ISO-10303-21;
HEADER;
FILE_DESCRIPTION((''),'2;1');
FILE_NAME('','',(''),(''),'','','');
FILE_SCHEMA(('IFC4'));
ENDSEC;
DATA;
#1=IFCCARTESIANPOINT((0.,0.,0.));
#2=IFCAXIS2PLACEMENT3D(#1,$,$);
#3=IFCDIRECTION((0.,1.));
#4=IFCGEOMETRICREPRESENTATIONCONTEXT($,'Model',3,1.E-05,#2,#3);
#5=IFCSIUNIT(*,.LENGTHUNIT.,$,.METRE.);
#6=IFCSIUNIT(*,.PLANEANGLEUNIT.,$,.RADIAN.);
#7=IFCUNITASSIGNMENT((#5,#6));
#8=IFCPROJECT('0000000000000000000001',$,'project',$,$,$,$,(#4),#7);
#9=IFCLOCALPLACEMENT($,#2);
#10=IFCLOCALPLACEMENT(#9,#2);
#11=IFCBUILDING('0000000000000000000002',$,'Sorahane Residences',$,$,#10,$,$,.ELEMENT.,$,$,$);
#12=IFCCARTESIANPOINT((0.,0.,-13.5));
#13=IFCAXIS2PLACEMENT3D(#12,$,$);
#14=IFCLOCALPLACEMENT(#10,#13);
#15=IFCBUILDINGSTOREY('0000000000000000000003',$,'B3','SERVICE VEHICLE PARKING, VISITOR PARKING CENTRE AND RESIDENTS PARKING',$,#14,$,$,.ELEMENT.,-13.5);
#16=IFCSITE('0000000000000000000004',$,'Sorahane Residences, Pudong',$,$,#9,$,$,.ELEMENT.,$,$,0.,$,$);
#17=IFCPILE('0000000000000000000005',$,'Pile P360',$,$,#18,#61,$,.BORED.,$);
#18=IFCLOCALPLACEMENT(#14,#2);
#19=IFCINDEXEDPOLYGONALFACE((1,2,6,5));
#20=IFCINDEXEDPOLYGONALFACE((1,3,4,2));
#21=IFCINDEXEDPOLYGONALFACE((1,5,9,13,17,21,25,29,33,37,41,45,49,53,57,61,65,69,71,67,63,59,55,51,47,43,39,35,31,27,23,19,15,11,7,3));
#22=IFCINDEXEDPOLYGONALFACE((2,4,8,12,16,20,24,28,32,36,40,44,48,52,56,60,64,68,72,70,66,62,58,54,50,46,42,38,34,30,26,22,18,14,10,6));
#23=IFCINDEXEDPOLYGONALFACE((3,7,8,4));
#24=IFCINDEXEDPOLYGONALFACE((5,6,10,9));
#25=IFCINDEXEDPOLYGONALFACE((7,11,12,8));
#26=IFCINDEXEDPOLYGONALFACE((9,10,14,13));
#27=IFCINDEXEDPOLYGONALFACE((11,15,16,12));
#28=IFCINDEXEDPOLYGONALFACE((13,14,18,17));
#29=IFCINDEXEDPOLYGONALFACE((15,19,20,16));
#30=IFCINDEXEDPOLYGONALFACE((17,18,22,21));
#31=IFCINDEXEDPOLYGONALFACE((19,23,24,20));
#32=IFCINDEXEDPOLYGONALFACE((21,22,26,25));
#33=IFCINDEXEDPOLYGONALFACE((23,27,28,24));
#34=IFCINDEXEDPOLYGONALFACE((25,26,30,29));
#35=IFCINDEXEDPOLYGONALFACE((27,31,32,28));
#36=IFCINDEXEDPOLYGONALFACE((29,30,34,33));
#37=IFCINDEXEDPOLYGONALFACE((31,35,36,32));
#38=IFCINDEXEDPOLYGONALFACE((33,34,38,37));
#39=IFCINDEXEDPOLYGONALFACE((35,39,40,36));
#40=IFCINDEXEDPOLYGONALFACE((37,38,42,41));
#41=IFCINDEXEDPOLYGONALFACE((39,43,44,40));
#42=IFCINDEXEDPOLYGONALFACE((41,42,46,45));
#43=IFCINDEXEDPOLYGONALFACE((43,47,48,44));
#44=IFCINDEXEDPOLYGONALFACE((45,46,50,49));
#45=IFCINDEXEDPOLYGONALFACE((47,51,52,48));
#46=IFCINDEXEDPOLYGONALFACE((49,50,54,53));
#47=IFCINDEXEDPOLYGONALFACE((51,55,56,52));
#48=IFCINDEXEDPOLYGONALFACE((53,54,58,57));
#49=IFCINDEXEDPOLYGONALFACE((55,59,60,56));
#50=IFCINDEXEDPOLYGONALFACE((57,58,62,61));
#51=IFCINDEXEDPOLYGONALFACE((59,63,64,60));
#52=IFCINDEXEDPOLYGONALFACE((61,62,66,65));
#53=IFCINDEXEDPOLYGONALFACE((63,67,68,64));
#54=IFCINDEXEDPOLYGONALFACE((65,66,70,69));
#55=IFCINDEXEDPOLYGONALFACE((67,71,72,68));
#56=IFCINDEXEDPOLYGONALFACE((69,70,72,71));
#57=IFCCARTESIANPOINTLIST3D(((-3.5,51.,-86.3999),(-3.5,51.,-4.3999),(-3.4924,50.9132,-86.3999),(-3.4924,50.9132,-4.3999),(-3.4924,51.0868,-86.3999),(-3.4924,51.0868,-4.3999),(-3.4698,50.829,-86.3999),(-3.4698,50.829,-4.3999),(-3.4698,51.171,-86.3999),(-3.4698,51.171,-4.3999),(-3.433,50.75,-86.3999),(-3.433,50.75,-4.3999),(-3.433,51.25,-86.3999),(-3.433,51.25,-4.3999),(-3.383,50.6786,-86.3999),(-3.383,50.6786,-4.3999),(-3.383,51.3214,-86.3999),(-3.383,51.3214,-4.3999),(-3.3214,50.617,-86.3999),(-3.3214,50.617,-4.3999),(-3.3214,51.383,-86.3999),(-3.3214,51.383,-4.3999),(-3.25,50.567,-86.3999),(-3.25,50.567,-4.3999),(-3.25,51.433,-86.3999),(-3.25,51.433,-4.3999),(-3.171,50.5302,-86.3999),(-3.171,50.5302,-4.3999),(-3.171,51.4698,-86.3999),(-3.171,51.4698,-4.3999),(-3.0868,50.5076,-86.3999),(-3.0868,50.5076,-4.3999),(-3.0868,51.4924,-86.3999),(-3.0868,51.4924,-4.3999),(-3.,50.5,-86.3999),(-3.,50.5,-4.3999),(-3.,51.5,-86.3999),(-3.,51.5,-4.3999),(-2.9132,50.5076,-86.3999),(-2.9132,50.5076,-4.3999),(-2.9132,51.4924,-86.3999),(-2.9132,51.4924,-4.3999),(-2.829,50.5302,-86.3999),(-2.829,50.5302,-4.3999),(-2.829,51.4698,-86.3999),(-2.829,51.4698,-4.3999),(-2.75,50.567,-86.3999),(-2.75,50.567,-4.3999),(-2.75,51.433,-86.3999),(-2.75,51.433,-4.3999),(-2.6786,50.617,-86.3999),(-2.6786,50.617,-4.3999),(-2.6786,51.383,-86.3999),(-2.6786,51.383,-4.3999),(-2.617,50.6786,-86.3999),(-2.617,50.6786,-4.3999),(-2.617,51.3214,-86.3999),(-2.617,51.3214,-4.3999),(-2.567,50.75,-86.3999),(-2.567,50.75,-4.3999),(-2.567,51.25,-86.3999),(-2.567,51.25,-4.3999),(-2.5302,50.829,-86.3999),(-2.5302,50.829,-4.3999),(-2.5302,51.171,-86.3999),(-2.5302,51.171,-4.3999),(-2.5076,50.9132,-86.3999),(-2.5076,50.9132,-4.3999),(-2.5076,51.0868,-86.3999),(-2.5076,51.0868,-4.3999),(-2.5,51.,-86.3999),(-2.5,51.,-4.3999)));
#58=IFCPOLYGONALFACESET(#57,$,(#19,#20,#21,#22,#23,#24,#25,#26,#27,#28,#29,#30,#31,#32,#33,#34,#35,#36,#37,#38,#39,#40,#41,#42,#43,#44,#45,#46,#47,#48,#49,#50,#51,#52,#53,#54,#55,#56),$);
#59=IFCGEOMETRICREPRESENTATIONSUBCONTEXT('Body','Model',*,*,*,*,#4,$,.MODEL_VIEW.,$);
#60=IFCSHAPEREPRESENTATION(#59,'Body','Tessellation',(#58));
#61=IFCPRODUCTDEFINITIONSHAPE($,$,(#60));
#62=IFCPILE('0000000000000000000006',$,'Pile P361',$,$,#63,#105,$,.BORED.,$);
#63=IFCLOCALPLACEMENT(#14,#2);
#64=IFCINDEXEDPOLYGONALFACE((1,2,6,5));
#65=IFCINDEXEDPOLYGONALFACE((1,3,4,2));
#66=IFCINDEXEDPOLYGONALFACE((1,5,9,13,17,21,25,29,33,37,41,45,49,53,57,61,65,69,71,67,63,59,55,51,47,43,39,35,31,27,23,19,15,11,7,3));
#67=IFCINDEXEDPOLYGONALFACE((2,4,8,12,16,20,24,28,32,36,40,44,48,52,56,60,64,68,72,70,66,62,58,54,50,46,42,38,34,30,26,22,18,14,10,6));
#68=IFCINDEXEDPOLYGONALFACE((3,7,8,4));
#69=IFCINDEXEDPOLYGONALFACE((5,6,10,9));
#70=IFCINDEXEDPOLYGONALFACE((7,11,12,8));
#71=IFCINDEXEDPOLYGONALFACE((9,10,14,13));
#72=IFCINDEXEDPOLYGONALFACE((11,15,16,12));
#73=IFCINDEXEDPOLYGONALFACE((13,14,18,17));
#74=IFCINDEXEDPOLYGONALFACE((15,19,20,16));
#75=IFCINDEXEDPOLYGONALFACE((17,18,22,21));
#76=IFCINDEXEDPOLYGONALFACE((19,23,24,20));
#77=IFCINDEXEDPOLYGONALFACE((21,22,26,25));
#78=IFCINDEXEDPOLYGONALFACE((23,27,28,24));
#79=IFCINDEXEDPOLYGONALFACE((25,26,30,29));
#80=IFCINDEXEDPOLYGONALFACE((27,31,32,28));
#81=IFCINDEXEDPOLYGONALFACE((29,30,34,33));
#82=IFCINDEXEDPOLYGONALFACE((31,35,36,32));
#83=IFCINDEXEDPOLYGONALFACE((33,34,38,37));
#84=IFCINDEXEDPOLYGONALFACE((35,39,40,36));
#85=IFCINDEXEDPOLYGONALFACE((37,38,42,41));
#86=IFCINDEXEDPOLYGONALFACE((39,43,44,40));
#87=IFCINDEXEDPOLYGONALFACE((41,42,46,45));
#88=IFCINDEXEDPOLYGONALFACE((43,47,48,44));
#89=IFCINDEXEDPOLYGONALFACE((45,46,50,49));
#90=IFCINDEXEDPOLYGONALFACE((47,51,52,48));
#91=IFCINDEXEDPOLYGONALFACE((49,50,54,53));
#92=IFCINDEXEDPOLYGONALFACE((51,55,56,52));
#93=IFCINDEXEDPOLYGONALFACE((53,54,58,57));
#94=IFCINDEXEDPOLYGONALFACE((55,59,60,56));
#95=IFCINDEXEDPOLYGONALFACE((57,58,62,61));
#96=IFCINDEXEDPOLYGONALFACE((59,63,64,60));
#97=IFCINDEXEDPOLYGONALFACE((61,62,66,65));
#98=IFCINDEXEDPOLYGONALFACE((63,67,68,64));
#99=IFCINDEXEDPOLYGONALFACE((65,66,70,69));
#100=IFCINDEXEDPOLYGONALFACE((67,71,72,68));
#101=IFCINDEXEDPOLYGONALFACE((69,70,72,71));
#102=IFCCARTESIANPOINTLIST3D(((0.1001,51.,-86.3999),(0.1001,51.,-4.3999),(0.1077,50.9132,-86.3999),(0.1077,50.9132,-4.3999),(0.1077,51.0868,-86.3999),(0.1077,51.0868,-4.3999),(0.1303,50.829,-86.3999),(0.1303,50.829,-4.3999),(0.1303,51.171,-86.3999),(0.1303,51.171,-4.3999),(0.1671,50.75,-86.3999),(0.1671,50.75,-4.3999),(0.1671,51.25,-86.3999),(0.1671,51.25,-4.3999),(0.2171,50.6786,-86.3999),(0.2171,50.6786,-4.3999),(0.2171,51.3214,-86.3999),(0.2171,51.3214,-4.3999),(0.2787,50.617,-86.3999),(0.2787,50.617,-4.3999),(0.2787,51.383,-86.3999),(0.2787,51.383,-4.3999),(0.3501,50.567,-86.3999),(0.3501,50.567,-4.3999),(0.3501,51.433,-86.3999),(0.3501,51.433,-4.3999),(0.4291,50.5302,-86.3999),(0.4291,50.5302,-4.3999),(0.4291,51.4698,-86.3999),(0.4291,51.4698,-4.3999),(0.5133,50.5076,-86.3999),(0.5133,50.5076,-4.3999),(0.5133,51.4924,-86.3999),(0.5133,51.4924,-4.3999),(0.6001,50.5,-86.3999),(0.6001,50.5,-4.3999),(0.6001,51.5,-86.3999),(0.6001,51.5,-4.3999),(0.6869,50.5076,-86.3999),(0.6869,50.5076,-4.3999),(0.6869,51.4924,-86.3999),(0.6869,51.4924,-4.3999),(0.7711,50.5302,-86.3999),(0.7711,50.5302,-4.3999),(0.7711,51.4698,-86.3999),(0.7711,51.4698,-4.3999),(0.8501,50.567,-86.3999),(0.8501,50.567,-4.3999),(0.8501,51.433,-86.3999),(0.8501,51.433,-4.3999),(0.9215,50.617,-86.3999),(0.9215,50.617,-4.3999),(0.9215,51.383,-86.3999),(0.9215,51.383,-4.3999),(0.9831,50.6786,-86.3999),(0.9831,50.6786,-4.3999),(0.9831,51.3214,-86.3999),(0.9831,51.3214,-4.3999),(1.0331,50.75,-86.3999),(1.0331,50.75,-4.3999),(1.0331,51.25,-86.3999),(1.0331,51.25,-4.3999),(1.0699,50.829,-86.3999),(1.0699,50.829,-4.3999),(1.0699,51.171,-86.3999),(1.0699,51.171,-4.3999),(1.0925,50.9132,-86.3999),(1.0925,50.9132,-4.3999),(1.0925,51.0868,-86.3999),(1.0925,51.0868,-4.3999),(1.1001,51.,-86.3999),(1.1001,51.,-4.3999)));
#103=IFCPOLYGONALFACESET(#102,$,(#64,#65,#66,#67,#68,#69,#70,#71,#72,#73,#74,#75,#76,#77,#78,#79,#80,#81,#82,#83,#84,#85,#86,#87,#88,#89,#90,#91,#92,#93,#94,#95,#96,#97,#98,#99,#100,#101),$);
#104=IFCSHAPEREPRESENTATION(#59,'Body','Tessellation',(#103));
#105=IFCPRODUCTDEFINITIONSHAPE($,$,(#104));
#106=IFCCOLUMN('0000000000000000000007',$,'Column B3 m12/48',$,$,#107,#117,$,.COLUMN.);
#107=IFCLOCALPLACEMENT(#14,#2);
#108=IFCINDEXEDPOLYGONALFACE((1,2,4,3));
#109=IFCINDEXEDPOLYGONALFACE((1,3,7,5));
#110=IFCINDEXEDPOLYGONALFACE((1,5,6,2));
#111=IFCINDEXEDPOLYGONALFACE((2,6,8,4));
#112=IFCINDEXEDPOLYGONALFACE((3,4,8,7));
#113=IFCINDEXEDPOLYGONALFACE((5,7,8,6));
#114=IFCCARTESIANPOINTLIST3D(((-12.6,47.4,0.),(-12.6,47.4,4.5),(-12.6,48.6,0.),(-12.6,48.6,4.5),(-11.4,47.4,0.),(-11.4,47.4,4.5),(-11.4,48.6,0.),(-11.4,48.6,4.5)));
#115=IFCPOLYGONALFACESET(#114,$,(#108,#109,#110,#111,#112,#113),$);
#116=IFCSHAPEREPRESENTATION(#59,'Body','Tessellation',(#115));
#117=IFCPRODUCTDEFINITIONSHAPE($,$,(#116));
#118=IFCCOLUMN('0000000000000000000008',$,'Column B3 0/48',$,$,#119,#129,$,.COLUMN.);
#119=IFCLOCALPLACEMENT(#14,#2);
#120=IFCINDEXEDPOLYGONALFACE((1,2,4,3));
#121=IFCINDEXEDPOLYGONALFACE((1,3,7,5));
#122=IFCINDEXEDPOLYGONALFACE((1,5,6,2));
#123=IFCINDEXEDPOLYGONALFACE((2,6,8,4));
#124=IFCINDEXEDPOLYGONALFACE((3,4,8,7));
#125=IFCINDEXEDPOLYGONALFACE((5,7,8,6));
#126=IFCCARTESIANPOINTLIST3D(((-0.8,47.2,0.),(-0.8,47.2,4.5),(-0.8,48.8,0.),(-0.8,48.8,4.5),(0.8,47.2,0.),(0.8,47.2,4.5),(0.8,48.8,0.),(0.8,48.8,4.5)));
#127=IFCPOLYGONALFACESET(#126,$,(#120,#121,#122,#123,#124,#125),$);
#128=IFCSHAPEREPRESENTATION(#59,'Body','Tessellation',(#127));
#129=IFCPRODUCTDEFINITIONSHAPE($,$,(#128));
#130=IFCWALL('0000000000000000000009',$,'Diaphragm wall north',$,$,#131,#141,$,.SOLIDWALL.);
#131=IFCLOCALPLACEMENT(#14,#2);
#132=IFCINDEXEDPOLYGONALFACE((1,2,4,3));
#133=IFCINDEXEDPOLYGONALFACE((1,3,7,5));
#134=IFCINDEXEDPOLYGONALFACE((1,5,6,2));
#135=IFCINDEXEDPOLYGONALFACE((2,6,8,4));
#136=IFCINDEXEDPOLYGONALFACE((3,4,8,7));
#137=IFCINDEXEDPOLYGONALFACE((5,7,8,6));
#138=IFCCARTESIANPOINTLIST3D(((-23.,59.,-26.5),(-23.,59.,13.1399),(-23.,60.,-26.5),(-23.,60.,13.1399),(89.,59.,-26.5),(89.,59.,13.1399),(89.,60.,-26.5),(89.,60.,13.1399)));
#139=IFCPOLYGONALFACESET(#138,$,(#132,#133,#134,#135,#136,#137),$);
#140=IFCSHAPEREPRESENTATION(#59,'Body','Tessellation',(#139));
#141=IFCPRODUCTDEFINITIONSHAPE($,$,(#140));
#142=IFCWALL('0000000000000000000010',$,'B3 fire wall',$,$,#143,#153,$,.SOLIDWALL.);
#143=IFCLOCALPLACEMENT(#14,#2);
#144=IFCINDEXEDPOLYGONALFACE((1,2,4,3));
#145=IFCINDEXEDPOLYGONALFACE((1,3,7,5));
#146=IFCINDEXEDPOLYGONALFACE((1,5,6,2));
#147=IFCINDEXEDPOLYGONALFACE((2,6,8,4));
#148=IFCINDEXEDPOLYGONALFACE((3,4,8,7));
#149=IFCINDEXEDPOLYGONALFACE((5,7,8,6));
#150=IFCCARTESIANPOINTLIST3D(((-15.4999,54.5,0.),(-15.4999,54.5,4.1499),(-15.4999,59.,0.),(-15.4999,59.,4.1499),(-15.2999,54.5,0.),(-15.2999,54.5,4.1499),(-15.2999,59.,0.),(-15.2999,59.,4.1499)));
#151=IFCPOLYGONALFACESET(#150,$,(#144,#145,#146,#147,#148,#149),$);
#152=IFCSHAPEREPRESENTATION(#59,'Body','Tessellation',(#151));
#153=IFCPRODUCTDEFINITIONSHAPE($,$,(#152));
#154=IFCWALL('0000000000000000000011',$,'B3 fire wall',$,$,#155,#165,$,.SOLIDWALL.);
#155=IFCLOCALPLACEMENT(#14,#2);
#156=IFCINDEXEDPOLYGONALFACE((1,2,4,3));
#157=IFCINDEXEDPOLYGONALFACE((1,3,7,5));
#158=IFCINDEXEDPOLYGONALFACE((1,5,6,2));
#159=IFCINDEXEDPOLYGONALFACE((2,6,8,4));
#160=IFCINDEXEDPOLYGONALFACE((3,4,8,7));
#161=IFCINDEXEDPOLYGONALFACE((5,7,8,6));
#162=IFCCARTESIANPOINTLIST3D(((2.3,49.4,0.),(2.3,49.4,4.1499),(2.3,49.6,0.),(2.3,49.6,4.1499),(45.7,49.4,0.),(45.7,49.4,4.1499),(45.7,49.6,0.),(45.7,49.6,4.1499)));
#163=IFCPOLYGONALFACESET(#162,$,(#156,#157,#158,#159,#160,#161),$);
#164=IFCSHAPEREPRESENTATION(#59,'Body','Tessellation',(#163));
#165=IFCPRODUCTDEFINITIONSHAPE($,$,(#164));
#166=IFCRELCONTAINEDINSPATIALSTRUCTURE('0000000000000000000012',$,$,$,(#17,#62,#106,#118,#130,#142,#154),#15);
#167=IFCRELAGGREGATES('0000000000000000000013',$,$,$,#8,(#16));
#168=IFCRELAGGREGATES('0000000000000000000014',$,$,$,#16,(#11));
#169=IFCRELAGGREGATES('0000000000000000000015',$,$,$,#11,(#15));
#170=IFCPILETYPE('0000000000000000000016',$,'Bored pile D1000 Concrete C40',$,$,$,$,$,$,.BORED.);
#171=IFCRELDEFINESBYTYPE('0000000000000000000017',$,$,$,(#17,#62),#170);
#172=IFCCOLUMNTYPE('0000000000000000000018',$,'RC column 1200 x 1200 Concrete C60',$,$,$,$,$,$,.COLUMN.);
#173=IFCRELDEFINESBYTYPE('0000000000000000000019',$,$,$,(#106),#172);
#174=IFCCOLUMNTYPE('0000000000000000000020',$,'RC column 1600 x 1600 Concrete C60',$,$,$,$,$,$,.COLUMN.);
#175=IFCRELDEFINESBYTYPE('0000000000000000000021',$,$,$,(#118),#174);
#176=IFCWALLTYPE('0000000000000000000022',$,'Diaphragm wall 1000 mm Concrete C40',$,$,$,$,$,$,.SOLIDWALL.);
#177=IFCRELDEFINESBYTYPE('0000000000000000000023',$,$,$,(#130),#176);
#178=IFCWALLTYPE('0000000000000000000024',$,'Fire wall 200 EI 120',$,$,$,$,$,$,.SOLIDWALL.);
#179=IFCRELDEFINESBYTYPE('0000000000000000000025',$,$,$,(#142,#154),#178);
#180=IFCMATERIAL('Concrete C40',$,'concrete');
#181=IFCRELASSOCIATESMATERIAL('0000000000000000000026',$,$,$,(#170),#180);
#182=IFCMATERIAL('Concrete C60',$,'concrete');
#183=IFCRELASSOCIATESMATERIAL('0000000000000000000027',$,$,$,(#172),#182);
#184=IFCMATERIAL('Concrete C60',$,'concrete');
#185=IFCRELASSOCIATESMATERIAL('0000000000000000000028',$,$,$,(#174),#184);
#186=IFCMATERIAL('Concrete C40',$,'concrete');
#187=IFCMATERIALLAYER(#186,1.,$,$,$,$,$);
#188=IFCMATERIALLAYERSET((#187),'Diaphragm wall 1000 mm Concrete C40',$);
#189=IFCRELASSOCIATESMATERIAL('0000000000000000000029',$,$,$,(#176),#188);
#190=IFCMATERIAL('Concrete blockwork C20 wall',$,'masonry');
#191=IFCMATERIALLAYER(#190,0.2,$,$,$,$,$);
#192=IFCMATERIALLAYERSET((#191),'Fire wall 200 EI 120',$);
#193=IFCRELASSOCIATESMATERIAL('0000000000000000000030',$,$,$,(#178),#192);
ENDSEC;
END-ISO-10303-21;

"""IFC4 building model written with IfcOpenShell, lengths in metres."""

from ifc_helpers import new_model, si_unit, direction, frame, frame_2d, origin, origin_2d, place, context, subcontext, project, spatial, rectangle, circle, extrude, material, layer, layer_set, material_profile, profile_set, type_object, element, save


model = new_model("IFC4")

# Units and contexts
model_context = context("Model", 3, precision=1e-05, world=origin(), true_north=direction((0.0, 1.0)))
body_context = subcontext(model_context, "Body", "Model", "MODEL_VIEW")
ifc_project = project(units=[si_unit("LENGTHUNIT", "METRE"), si_unit("PLANEANGLEUNIT", "RADIAN")], contexts=[model_context])

# Site, building, storey
site_placement = place(None, origin())
site = spatial("IfcSite", under=ifc_project, at=site_placement, Name="Sorahane Residences, Pudong", CompositionType="ELEMENT", RefElevation=0.0)
building_placement = place(site_placement, origin())
building = spatial("IfcBuilding", under=site, at=building_placement, Name="Sorahane Residences", CompositionType="ELEMENT")
storey_placement = place(building_placement, frame((0.0, 0.0, -13.5)))
storey = spatial("IfcBuildingStorey", under=building, at=storey_placement, Name="B3", Description="SERVICE VEHICLE PARKING, VISITOR PARKING CENTRE AND RESIDENTS PARKING", CompositionType="ELEMENT", Elevation=-13.5)

# Piles
ifc_material_1 = material(Name="Concrete C40", Category="concrete")
ifc_material_profile_1 = material_profile(ifc_material_1, circle(Radius=0.5, at=origin_2d()), Name="D1000")
ifc_profile_set_1 = profile_set([ifc_material_profile_1], Name="Concrete C40")
pile_type = type_object("IfcPileType", Name="Bored pile D1000 Concrete C40", PredefinedType="BORED", material=ifc_profile_set_1)
for number, where, z_axis, x_axis, name in (
    (1, (-3.0, 51.0, -4.3999), (0.0, 0.0, -1.0), (1.0, 0.0, 0.0), "Pile P360"),
    (2, (0.6001, 51.0, -4.3999), (0.0, 0.0, -1.0), (1.0, 0.0, 0.0), "Pile P361"),
):
    element("IfcPile", number, at=place(storey_placement, frame(where, z_axis=z_axis, x_axis=x_axis)), inside=storey, type_object=pile_type, Name=name, PredefinedType="BORED", context=body_context, shape_type="SweptSolid", body=[
        extrude(circle(Radius=0.5, at=origin_2d()), origin(), (0.0, 0.0, 1.0), 82.0),
    ])

# Columns
ifc_material_2 = material(Name="Concrete C60", Category="concrete")
ifc_material_profile_2 = material_profile(ifc_material_2, rectangle(XDim=1.2, YDim=1.2, at=origin_2d()), Name="1200x1200")
ifc_profile_set_2 = profile_set([ifc_material_profile_2], Name="Concrete C60")
column_type_1 = type_object("IfcColumnType", Name="RC column 1200 x 1200 Concrete C60", PredefinedType="COLUMN", material=ifc_profile_set_2)
column_1_placement = place(storey_placement, frame((-12.0, 48.0, 0.0), z_axis=(0.0, 0.0, 1.0), x_axis=(1.0, 0.0, 0.0)))
element("IfcColumn", 3, at=column_1_placement, inside=storey, type_object=column_type_1, Name="Column B3 m12/48", PredefinedType="COLUMN", context=body_context, shape_type="SweptSolid", body=[
    extrude(rectangle(XDim=1.2, YDim=1.2, at=origin_2d()), origin(), (0.0, 0.0, 1.0), 4.5),
])
ifc_material_3 = material(Name="Concrete C60", Category="concrete")
ifc_material_profile_3 = material_profile(ifc_material_3, rectangle(XDim=1.6001, YDim=1.6001, at=origin_2d()), Name="1600x1600")
ifc_profile_set_3 = profile_set([ifc_material_profile_3], Name="Concrete C60")
column_type_2 = type_object("IfcColumnType", Name="RC column 1600 x 1600 Concrete C60", PredefinedType="COLUMN", material=ifc_profile_set_3)
column_2_placement = place(storey_placement, frame((0.0, 48.0, 0.0), z_axis=(0.0, 0.0, 1.0), x_axis=(1.0, 0.0, 0.0)))
element("IfcColumn", 4, at=column_2_placement, inside=storey, type_object=column_type_2, Name="Column B3 0/48", PredefinedType="COLUMN", context=body_context, shape_type="SweptSolid", body=[
    extrude(rectangle(XDim=1.6001, YDim=1.6001, at=origin_2d()), origin(), (0.0, 0.0, 1.0), 4.5),
])

# Walls
ifc_material_4 = material(Name="Concrete C40", Category="concrete")
ifc_layer_1 = layer(ifc_material_4, 1.0)
ifc_layer_set_1 = layer_set([ifc_layer_1], Name="Diaphragm wall 1000 mm Concrete C40")
wall_type_1 = type_object("IfcWallType", Name="Diaphragm wall 1000 mm Concrete C40", PredefinedType="SOLIDWALL", material=ifc_layer_set_1)
wall_1_placement = place(storey_placement, frame((-23.0, 59.5, -26.5), z_axis=(0.0, 0.0, 1.0), x_axis=(1.0, 0.0, 0.0)))
element("IfcWall", 5, at=wall_1_placement, inside=storey, type_object=wall_type_1, Name="Diaphragm wall north", PredefinedType="SOLIDWALL", context=body_context, shape_type="SweptSolid", body=[
    extrude(rectangle(XDim=112.0, YDim=1.0, at=frame_2d((56.0, 0.0))), origin(), (0.0, 0.0, 1.0), 39.6399),
])
ifc_material_5 = material(Name="Concrete blockwork C20 wall", Category="masonry")
ifc_layer_2 = layer(ifc_material_5, 0.2)
ifc_layer_set_2 = layer_set([ifc_layer_2], Name="Fire wall 200 EI 120")
wall_type_2 = type_object("IfcWallType", Name="Fire wall 200 EI 120", PredefinedType="SOLIDWALL", material=ifc_layer_set_2)
wall_2_placement = place(storey_placement, frame((-15.3999, 54.5, 0.0), z_axis=(0.0, 0.0, 1.0), x_axis=(0.0, 1.0, 0.0)))
element("IfcWall", 6, at=wall_2_placement, inside=storey, type_object=wall_type_2, Name="B3 fire wall", PredefinedType="SOLIDWALL", context=body_context, shape_type="SweptSolid", body=[
    extrude(rectangle(XDim=4.5, YDim=0.2, at=frame_2d((2.25, 0.0))), origin(), (0.0, 0.0, 1.0), 4.1499),
])
wall_3_placement = place(storey_placement, frame((2.3, 49.5, 0.0), z_axis=(0.0, 0.0, 1.0), x_axis=(1.0, 0.0, 0.0)))
element("IfcWall", 7, at=wall_3_placement, inside=storey, type_object=wall_type_2, Name="B3 fire wall", PredefinedType="SOLIDWALL", context=body_context, shape_type="SweptSolid", body=[
    extrude(rectangle(XDim=43.3999, YDim=0.2, at=frame_2d((21.7, 0.0))), origin(), (0.0, 0.0, 1.0), 4.1499),
])

save(model, "model.ifc")
